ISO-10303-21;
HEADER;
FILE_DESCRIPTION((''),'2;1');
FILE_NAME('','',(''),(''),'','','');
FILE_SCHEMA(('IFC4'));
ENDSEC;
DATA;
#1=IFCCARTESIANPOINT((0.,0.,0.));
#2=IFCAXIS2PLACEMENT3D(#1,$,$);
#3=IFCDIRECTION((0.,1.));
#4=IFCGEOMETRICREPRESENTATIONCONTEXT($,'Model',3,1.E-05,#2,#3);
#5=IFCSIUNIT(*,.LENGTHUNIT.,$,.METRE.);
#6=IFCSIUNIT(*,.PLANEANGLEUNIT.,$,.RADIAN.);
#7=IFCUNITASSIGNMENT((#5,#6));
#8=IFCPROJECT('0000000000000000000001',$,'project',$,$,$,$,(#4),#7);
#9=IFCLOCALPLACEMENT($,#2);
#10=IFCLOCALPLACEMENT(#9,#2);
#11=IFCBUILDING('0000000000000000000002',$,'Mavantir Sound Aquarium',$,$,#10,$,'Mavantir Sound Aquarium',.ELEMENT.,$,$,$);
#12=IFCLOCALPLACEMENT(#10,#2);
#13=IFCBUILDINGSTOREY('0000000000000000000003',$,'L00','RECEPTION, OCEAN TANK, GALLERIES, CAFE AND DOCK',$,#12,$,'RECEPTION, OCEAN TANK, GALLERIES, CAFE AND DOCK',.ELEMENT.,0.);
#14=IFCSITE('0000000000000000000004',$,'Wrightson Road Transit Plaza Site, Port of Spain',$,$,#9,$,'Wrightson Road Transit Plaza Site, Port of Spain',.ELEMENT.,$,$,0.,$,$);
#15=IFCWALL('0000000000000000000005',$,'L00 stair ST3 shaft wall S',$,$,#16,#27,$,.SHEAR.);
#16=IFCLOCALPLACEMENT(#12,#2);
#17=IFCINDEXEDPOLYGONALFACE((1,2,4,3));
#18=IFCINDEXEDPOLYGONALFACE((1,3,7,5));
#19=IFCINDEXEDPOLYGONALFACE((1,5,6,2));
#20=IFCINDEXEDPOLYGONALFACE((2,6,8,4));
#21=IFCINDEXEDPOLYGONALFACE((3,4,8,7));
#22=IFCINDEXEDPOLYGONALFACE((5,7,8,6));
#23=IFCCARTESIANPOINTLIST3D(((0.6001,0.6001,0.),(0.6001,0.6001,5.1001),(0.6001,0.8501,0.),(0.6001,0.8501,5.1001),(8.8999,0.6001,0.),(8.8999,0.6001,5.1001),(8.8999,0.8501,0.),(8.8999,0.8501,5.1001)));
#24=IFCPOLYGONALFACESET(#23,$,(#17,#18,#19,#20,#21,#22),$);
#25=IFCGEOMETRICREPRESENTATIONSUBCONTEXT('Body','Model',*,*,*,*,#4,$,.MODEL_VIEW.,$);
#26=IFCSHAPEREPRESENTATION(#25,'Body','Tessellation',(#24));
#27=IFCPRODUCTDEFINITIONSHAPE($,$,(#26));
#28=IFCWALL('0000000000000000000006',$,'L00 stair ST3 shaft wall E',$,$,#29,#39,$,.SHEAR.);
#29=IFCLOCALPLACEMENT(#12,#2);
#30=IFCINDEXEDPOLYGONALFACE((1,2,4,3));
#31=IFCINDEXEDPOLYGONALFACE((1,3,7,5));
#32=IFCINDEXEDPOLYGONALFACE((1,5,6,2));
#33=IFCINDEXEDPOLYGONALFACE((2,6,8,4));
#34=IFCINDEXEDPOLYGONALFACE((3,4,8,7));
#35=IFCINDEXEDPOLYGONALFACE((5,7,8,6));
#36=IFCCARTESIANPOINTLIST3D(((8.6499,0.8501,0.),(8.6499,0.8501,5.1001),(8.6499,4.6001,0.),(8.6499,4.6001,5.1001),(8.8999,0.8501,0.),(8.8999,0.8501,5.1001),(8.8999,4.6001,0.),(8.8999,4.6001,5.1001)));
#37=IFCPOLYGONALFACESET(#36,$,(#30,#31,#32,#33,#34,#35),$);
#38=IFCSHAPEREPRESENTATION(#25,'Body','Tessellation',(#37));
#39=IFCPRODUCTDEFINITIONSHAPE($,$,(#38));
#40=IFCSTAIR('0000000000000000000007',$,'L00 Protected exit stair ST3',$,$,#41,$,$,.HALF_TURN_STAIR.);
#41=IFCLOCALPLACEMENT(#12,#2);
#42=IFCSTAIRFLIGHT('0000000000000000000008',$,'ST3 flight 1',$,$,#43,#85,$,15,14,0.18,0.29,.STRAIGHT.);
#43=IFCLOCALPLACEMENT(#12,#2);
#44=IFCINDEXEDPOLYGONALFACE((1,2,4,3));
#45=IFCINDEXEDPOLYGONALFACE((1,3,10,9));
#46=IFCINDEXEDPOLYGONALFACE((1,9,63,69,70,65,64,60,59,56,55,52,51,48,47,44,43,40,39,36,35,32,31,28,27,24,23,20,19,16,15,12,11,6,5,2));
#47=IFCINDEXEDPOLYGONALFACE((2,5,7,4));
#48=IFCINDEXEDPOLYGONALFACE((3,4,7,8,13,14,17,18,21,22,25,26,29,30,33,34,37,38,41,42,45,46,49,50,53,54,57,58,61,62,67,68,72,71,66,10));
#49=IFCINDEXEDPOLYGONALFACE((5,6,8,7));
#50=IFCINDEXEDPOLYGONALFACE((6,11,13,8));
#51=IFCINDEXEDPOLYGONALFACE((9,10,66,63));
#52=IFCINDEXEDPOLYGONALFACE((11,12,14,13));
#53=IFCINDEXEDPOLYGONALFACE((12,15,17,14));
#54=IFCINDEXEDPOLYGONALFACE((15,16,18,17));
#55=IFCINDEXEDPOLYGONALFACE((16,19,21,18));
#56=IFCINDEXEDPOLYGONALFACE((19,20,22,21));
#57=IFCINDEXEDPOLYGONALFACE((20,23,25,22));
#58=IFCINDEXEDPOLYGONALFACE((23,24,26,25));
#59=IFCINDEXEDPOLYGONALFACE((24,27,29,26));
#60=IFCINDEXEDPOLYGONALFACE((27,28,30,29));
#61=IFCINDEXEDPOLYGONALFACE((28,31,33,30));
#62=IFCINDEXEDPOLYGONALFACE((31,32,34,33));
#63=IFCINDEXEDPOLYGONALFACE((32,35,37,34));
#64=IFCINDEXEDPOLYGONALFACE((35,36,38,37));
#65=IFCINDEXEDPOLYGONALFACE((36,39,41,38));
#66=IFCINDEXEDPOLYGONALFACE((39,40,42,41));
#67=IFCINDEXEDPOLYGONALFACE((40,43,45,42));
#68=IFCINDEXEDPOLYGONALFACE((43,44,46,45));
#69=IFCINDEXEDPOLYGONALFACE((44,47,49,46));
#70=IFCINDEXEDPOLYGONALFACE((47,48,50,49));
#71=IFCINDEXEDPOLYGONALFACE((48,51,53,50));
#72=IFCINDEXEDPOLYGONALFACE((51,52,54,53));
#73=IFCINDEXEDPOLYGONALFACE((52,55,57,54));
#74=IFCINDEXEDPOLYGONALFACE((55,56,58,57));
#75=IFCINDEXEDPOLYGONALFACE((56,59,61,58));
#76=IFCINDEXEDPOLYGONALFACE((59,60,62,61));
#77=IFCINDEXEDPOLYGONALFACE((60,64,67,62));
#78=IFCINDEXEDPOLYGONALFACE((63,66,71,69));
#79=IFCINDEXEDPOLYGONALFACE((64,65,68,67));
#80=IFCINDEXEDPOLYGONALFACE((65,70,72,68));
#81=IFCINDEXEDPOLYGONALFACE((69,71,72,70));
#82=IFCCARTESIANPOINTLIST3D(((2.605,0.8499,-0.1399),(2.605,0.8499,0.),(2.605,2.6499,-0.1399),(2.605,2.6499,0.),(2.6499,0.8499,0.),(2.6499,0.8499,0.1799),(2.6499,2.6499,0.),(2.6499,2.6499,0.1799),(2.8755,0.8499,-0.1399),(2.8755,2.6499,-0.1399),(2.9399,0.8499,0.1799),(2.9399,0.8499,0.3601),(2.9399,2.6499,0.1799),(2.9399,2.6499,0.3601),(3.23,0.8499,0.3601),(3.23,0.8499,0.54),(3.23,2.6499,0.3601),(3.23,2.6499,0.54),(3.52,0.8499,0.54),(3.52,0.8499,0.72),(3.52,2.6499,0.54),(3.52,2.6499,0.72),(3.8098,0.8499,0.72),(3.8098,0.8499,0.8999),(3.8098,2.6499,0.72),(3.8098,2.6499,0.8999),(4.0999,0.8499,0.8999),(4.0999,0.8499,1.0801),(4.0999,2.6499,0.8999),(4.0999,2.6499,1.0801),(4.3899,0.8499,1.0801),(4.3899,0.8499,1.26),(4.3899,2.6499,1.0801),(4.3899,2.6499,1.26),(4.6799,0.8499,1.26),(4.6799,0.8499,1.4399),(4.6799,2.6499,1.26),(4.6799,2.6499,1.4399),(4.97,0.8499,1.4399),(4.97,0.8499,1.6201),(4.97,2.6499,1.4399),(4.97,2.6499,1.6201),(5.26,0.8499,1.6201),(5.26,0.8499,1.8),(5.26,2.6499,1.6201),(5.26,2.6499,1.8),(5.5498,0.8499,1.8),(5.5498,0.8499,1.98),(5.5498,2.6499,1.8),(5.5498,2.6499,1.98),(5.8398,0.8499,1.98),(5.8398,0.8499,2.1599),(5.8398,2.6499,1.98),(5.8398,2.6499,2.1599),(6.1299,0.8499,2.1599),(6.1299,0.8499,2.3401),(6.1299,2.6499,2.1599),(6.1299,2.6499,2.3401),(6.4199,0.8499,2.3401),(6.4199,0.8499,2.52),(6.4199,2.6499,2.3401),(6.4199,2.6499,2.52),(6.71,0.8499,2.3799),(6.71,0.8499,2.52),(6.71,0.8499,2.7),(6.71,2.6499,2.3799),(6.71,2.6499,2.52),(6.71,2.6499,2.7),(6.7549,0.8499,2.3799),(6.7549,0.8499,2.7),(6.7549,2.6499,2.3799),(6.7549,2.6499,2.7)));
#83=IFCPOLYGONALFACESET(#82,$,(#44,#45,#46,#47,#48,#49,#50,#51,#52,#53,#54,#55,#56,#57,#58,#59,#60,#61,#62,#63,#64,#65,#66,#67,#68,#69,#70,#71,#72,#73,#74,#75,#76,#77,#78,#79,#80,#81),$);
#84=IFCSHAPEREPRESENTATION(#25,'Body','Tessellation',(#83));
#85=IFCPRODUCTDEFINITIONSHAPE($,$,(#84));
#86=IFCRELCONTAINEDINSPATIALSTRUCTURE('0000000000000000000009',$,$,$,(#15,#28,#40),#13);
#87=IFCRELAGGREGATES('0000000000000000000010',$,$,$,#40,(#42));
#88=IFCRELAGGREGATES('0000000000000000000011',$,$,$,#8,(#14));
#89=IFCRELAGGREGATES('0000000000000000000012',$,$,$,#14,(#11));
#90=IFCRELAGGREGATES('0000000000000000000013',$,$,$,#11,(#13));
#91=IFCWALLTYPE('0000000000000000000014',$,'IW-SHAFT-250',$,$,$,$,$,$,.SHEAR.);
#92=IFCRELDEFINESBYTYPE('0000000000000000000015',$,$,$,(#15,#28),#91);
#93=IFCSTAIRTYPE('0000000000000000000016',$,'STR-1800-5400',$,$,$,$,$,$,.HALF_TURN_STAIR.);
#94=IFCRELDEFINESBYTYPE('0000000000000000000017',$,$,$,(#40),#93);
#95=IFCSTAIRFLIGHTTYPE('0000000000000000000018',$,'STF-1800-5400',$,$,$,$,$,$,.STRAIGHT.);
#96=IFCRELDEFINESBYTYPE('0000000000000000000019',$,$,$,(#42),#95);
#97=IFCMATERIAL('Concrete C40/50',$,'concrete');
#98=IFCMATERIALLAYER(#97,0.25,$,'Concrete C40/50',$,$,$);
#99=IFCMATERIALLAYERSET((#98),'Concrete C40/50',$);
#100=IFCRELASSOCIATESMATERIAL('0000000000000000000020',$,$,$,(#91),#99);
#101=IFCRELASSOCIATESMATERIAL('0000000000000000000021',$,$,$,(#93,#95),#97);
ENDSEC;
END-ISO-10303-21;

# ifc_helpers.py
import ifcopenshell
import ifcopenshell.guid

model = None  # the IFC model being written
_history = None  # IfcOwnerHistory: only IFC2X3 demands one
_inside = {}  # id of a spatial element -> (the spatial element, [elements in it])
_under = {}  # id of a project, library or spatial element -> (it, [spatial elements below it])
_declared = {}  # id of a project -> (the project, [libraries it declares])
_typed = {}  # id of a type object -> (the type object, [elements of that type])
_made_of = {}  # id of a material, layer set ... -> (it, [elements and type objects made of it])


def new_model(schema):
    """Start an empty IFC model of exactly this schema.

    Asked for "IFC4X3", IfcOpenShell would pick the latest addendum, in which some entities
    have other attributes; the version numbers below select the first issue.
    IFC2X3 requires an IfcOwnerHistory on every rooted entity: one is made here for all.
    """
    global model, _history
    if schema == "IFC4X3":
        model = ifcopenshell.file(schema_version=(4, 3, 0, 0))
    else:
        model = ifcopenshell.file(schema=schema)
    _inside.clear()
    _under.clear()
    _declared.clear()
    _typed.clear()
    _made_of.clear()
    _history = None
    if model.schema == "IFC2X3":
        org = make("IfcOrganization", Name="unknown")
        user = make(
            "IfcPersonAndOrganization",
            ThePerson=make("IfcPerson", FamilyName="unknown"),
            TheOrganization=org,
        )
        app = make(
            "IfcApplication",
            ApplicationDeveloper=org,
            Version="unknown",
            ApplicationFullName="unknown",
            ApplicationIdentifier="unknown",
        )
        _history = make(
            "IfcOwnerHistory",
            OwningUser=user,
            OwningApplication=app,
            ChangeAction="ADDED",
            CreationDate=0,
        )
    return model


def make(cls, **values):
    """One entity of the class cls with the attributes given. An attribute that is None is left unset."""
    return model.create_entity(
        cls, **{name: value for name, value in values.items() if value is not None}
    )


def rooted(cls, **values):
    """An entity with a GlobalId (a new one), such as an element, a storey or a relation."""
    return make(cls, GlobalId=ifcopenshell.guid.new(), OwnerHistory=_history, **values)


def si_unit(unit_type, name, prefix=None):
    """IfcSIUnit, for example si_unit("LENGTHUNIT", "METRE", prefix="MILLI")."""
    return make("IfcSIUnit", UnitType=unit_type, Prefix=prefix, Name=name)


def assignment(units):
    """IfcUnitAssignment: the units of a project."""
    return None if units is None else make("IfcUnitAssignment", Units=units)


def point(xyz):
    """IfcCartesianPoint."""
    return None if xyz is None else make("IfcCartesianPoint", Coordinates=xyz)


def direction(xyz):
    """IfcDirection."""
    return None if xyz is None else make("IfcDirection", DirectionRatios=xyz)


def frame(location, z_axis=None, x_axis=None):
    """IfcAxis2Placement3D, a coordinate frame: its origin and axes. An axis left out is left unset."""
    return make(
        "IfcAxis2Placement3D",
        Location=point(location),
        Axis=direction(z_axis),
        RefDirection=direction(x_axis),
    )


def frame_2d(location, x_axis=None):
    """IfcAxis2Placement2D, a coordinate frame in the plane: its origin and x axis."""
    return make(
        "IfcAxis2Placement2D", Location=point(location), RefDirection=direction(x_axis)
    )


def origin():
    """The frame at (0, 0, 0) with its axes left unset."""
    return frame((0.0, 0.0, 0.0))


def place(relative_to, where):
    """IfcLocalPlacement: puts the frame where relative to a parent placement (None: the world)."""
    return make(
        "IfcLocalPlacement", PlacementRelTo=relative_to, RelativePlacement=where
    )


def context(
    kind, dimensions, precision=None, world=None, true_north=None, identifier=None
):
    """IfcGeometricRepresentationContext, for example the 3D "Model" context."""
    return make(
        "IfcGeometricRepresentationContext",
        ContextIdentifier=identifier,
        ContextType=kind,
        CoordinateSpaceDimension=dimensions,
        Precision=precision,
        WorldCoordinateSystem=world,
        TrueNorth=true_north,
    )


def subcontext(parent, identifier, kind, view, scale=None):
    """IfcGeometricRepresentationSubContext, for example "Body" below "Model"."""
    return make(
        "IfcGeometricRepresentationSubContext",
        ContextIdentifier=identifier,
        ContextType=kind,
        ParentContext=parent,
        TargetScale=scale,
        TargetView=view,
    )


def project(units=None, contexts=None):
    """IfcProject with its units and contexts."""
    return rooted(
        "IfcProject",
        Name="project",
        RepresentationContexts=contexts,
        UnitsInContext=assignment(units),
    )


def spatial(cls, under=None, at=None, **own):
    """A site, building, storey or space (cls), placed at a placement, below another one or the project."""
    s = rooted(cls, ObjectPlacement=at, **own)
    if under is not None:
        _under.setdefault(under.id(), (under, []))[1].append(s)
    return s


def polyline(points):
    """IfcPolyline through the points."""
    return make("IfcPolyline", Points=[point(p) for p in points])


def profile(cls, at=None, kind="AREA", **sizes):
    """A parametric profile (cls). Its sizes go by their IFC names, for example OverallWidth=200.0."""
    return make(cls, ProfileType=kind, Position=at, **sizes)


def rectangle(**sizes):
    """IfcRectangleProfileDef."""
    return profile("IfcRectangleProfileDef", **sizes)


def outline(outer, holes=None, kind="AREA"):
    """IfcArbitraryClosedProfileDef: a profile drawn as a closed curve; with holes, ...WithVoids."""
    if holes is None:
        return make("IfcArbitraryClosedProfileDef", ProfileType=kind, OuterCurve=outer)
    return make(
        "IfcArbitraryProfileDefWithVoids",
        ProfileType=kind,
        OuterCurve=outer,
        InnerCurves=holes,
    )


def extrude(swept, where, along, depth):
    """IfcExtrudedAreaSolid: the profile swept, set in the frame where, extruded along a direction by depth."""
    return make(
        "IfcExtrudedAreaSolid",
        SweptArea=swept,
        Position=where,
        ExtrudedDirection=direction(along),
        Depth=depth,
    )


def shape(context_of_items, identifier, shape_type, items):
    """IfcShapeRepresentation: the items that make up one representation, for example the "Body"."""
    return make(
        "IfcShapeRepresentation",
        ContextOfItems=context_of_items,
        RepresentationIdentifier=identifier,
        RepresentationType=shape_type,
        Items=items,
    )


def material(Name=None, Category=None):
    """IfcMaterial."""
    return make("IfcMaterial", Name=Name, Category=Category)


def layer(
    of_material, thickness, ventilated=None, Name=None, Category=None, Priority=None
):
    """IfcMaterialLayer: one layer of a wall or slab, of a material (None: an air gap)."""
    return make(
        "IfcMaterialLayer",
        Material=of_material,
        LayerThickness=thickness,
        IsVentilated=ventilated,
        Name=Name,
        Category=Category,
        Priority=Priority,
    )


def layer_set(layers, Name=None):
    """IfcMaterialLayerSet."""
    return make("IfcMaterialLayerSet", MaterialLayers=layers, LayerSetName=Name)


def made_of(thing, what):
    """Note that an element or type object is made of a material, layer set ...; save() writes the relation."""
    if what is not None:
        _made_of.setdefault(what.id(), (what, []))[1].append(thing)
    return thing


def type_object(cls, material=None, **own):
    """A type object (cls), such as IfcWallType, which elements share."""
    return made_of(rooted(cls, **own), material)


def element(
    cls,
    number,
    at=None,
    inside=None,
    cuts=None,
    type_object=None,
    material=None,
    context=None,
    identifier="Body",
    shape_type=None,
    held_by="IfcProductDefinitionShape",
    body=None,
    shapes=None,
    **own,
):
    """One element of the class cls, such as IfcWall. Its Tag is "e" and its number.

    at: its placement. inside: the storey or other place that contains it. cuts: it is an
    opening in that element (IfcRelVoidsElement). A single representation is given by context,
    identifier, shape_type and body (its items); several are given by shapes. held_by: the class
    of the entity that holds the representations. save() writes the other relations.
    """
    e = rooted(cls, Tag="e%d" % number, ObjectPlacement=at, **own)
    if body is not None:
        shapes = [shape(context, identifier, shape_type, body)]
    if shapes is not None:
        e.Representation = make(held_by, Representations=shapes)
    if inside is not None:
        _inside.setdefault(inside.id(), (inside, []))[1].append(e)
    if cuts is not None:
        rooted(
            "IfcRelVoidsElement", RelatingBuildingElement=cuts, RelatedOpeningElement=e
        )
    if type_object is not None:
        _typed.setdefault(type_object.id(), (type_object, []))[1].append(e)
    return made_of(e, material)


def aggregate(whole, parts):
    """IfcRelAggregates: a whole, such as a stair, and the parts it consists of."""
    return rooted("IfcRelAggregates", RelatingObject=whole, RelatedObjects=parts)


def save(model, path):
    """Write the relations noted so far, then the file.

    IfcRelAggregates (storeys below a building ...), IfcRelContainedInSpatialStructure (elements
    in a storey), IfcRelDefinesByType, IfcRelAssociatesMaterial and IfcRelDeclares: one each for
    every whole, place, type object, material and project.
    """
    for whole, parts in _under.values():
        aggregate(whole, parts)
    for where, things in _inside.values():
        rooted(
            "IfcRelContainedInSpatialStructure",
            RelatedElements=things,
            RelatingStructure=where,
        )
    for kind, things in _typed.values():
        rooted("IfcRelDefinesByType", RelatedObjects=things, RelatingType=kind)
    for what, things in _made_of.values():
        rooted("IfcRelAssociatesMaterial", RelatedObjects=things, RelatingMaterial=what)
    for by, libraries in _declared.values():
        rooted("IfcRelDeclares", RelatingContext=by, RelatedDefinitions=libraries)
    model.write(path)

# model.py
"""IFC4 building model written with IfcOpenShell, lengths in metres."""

from ifc_helpers import new_model, si_unit, direction, frame, frame_2d, origin, place, context, subcontext, project, spatial, polyline, rectangle, outline, extrude, material, layer, layer_set, type_object, element, aggregate, save


model = new_model("IFC4")

# Units and contexts
model_context = context("Model", 3, precision=1e-05, world=origin(), true_north=direction((0.0, 1.0)))
body_context = subcontext(model_context, "Body", "Model", "MODEL_VIEW")
ifc_project = project(units=[si_unit("LENGTHUNIT", "METRE"), si_unit("PLANEANGLEUNIT", "RADIAN")], contexts=[model_context])

# Site, building, storey
site_placement = place(None, origin())
site = spatial("IfcSite", under=ifc_project, at=site_placement, Name="Wrightson Road Transit Plaza Site, Port of Spain", LongName="Wrightson Road Transit Plaza Site, Port of Spain", CompositionType="ELEMENT", RefElevation=0.0)
building_placement = place(site_placement, origin())
building = spatial("IfcBuilding", under=site, at=building_placement, Name="Mavantir Sound Aquarium", LongName="Mavantir Sound Aquarium", CompositionType="ELEMENT")
storey_placement = place(building_placement, origin())
storey = spatial("IfcBuildingStorey", under=building, at=storey_placement, Name="L00", Description="RECEPTION, OCEAN TANK, GALLERIES, CAFE AND DOCK", LongName="RECEPTION, OCEAN TANK, GALLERIES, CAFE AND DOCK", CompositionType="ELEMENT", Elevation=0.0)

# Shared definitions
ifc_material_1 = material(Name="Concrete C40/50", Category="concrete")

# Walls
ifc_layer_1 = layer(ifc_material_1, 0.25, Name="Concrete C40/50")
ifc_layer_set_1 = layer_set([ifc_layer_1], Name="Concrete C40/50")
wall_type_1 = type_object("IfcWallType", Name="IW-SHAFT-250", PredefinedType="SHEAR", material=ifc_layer_set_1)
wall_1_placement = place(storey_placement, frame((0.6001, 0.7251, 0.0), z_axis=(0.0, 0.0, 1.0), x_axis=(1.0, 0.0, 0.0)))
element("IfcWall", 1, at=wall_1_placement, inside=storey, type_object=wall_type_1, Name="L00 stair ST3 shaft wall S", PredefinedType="SHEAR", context=body_context, shape_type="SweptSolid", body=[
    extrude(rectangle(XDim=8.2998, YDim=0.25, at=frame_2d((4.1499, 0.0))), origin(), (0.0, 0.0, 1.0), 5.1001),
])
wall_2_placement = place(storey_placement, frame((8.7749, 0.8501, 0.0), z_axis=(0.0, 0.0, 1.0), x_axis=(0.0, 1.0, 0.0)))
element("IfcWall", 2, at=wall_2_placement, inside=storey, type_object=wall_type_1, Name="L00 stair ST3 shaft wall E", PredefinedType="SHEAR", context=body_context, shape_type="SweptSolid", body=[
    extrude(rectangle(XDim=3.75, YDim=0.25, at=frame_2d((1.875, 0.0))), origin(), (0.0, 0.0, 1.0), 5.1001),
])

# Stair, stair flight
stair_type = type_object("IfcStairType", Name="STR-1800-5400", PredefinedType="HALF_TURN_STAIR", material=ifc_material_1)
stair_placement = place(storey_placement, origin())
stair = element("IfcStair", 3, at=stair_placement, inside=storey, type_object=stair_type, Name="L00 Protected exit stair ST3", PredefinedType="HALF_TURN_STAIR")
stair_flight_type = type_object("IfcStairFlightType", Name="STF-1800-5400", PredefinedType="STRAIGHT", material=ifc_material_1)
stair_flight_placement = place(storey_placement, frame((2.6499, 1.75, 0.0), z_axis=(0.0, 0.0, 1.0), x_axis=(1.0, 0.0, 0.0)))
stair_flight = element("IfcStairFlight", 4, at=stair_flight_placement, type_object=stair_flight_type, Name="ST3 flight 1", NumberOfRisers=15, NumberOfTreads=14, PredefinedType="STRAIGHT", RiserHeight=0.18, TreadLength=0.29, context=body_context, shape_type="SweptSolid", body=[
    extrude(outline(polyline([(-0.0449, -0.1399), (-0.0449, 0.0), (0.0, 0.0), (0.0, 0.1799), (0.29, 0.1799), (0.29, 0.3601), (0.5801, 0.3601), (0.5801, 0.54), (0.8701, 0.54), (0.8701, 0.72), (1.1599, 0.72), (1.1599, 0.8999), (1.45, 0.8999), (1.45, 1.0801), (1.74, 1.0801), (1.74, 1.26), (2.03, 1.26), (2.03, 1.4399), (2.3201, 1.4399), (2.3201, 1.6201), (2.6101, 1.6201), (2.6101, 1.8), (2.8999, 1.8), (2.8999, 1.98), (3.1899, 1.98), (3.1899, 2.1599), (3.48, 2.1599), (3.48, 2.3401), (3.77, 2.3401), (3.77, 2.52), (4.0601, 2.52), (4.0601, 2.7), (4.105, 2.7), (4.105, 2.3799), (4.0601, 2.3799), (0.2256, -0.1399), (-0.0449, -0.1399)])), frame((0.0, 0.8999, 0.0), z_axis=(0.0, -1.0, 0.0), x_axis=(1.0, 0.0, 0.0)), (0.0, 0.0, 1.0), 1.8),
])
aggregate(stair, [stair_flight])

save(model, "model.ifc")
